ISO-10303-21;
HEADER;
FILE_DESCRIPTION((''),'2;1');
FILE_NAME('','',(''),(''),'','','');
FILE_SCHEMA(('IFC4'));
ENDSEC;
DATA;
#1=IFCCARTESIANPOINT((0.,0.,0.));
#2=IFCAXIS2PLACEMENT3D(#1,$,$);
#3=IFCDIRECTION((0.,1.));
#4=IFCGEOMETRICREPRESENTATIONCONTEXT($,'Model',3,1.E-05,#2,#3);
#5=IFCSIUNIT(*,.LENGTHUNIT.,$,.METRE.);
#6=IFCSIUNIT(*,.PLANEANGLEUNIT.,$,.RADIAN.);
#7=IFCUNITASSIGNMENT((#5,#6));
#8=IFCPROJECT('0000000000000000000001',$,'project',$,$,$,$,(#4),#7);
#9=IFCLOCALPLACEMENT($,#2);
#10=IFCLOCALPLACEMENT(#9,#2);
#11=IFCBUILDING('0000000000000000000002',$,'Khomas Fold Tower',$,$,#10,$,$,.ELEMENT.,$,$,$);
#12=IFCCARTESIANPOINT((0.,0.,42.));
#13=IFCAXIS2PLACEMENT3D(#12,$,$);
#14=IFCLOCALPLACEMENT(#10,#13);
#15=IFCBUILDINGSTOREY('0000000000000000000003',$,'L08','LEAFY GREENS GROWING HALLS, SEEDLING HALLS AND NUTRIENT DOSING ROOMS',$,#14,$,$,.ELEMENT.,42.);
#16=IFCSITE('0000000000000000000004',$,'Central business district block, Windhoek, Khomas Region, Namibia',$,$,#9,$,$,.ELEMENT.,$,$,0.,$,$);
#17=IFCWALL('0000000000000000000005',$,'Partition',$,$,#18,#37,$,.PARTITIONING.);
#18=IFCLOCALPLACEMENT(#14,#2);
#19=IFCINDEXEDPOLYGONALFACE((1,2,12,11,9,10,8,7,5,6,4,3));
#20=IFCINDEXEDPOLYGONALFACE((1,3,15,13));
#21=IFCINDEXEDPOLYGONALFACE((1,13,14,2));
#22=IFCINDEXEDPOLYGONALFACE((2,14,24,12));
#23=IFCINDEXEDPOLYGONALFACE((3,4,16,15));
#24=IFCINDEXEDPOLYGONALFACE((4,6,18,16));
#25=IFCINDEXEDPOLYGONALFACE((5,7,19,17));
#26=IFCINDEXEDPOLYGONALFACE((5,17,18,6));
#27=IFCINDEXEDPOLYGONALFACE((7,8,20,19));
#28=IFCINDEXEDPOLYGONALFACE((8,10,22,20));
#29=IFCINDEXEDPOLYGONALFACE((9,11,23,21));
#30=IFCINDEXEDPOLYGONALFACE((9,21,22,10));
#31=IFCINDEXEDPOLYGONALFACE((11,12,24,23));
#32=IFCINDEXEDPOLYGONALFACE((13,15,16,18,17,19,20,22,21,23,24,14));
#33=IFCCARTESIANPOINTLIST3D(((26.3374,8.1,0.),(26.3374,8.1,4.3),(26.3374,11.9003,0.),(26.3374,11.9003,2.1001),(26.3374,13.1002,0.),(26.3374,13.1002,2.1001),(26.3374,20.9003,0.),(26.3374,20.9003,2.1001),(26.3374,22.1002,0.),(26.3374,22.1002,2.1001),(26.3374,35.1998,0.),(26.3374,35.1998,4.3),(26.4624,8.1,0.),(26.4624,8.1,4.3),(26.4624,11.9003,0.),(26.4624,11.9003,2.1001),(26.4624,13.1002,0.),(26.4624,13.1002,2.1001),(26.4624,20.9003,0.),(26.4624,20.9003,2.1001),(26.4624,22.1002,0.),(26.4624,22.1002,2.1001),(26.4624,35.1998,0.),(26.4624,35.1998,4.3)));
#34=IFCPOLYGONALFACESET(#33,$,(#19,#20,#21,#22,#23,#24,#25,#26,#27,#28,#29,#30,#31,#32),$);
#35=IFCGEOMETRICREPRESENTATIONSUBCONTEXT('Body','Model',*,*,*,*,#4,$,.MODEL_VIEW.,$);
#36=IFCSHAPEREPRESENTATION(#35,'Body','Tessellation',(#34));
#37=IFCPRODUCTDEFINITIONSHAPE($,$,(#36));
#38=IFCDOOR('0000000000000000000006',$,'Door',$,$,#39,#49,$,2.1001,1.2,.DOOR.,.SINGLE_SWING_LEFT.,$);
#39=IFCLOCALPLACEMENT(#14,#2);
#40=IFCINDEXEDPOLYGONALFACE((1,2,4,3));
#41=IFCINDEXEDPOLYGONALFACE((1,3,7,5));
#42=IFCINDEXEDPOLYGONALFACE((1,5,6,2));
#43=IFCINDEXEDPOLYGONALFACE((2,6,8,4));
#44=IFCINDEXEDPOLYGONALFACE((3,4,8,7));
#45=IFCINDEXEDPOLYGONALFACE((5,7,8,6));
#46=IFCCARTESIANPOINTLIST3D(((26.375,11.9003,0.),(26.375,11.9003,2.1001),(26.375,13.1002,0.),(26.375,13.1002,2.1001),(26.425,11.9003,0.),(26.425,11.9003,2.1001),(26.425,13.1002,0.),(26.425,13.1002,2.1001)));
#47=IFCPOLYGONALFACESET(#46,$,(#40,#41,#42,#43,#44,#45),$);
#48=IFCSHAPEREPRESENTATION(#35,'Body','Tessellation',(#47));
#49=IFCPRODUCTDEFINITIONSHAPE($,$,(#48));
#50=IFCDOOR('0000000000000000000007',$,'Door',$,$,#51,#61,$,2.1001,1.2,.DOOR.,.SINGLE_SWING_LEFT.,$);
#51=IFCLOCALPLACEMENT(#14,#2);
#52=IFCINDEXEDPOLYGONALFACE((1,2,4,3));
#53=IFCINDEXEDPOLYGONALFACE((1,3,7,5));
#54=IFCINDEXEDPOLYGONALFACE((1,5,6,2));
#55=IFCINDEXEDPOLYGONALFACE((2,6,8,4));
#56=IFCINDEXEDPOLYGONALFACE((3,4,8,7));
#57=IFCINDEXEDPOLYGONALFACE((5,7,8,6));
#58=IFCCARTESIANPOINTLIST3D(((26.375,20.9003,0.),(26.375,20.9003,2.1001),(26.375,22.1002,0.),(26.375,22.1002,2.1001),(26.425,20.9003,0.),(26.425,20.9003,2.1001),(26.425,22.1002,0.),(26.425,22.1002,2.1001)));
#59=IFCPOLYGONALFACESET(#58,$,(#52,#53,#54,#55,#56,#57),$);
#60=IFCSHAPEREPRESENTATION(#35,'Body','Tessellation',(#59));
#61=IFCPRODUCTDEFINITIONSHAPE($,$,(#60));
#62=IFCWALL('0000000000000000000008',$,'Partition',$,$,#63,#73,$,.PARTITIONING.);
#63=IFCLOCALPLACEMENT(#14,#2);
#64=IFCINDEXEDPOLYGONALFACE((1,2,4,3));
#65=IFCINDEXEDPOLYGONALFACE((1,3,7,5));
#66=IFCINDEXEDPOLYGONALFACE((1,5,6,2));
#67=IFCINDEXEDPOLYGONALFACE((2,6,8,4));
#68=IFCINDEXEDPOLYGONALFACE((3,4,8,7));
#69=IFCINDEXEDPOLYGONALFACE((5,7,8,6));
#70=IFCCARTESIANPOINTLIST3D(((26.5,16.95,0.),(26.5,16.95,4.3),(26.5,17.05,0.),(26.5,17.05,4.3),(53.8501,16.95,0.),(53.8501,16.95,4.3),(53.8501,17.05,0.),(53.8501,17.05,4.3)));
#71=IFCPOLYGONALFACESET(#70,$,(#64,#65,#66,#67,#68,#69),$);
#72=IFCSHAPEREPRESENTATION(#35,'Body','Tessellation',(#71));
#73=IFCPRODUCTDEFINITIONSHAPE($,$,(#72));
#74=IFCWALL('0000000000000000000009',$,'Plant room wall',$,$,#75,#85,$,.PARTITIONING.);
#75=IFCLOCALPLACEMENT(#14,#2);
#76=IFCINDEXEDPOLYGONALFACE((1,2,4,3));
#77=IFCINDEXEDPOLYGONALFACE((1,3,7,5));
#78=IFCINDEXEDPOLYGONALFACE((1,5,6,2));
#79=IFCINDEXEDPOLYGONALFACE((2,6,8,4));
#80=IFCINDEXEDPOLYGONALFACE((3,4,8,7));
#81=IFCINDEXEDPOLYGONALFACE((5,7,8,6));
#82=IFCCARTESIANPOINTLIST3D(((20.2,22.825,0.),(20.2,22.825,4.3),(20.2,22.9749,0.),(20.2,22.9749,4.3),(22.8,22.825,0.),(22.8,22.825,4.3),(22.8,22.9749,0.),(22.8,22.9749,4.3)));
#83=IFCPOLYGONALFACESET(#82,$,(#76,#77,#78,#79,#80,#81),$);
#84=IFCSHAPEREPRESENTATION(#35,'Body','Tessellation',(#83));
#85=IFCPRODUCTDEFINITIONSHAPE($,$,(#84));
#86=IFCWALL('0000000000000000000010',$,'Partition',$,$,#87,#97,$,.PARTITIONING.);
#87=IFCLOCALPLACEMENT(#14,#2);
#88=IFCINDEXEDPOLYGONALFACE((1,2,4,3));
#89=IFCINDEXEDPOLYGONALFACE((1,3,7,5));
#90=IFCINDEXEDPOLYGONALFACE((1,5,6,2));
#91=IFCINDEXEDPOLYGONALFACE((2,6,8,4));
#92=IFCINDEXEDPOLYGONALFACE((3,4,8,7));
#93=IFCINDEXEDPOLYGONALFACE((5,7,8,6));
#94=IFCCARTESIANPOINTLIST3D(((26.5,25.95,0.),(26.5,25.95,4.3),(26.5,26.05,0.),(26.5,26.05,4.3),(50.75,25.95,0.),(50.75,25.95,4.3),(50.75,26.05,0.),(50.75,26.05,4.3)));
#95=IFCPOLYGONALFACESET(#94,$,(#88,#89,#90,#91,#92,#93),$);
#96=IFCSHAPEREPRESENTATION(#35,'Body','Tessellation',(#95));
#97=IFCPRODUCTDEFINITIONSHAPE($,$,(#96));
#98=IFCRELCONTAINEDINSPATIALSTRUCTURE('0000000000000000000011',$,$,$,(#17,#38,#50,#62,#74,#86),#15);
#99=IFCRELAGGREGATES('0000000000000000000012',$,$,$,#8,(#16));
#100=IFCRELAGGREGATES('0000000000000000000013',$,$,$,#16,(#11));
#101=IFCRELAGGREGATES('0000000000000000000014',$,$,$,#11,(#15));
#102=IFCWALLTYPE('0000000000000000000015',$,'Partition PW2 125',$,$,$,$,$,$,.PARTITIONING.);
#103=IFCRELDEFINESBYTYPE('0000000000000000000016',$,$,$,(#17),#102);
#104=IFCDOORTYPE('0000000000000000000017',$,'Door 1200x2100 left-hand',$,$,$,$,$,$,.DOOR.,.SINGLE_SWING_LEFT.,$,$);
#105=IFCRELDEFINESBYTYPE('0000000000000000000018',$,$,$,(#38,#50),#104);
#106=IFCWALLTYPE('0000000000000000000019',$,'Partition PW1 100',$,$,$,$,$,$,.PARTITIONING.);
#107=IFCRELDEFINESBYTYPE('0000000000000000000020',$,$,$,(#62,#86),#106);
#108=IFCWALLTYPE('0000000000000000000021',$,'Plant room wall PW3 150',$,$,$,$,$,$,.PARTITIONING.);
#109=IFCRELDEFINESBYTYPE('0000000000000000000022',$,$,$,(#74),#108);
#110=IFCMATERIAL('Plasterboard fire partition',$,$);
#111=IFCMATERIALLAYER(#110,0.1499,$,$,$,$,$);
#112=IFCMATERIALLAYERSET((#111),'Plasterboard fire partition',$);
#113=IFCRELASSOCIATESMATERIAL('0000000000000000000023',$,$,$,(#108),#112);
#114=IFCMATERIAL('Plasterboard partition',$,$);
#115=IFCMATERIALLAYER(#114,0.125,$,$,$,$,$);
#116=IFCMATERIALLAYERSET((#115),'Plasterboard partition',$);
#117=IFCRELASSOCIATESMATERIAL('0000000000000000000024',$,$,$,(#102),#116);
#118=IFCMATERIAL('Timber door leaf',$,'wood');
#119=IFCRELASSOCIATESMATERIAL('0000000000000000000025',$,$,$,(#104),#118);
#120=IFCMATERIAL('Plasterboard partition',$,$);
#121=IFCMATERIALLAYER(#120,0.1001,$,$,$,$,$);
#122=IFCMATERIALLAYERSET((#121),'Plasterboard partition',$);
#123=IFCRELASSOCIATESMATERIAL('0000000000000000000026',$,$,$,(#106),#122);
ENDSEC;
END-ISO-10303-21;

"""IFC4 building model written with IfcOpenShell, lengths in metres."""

from ifc_helpers import new_model, si_unit, direction, frame, frame_2d, origin, place, context, subcontext, project, spatial, rectangle, extrude, source, transform, mapped, material, layer, layer_set, type_object, element, fill, save


model = new_model("IFC4")

# Units and contexts
model_context = context("Model", 3, precision=1e-05, world=origin(), true_north=direction((0.0, 1.0)))
body_context = subcontext(model_context, "Body", "Model", "MODEL_VIEW")
ifc_project = project(units=[si_unit("LENGTHUNIT", "METRE"), si_unit("PLANEANGLEUNIT", "RADIAN")], contexts=[model_context])

# Site, building, storey
site_placement = place(None, origin())
site = spatial("IfcSite", under=ifc_project, at=site_placement, Name="Central business district block, Windhoek, Khomas Region, Namibia", CompositionType="ELEMENT", RefElevation=0.0)
building_placement = place(site_placement, origin())
building = spatial("IfcBuilding", under=site, at=building_placement, Name="Khomas Fold Tower", CompositionType="ELEMENT")
storey_placement = place(building_placement, frame((0.0, 0.0, 42.0)))
storey = spatial("IfcBuildingStorey", under=building, at=storey_placement, Name="L08", Description="LEAFY GREENS GROWING HALLS, SEEDLING HALLS AND NUTRIENT DOSING ROOMS", CompositionType="ELEMENT", Elevation=42.0)

# Shared definitions
ifc_material_1 = material(Name="Plasterboard fire partition")
ifc_layer_1 = layer(ifc_material_1, 0.1499)
ifc_layer_set_1 = layer_set([ifc_layer_1], Name="Plasterboard fire partition")
wall_type_1 = type_object("IfcWallType", Name="Plant room wall PW3 150", PredefinedType="PARTITIONING", material=ifc_layer_set_1)
shared_shape_1 = source(origin(), body_context, "Body", "SweptSolid", [
    extrude(rectangle(XDim=1.2, YDim=2.1001, at=frame_2d((0.6001, 1.05))), frame((0.0, 0.0249, 0.0), z_axis=(0.0, -1.0, 0.0), x_axis=(1.0, 0.0, 0.0)), (0.0, 0.0, 1.0), 0.05),
])

# Wall, openings, doors
ifc_material_2 = material(Name="Plasterboard partition")
ifc_layer_2 = layer(ifc_material_2, 0.125)
ifc_layer_set_2 = layer_set([ifc_layer_2], Name="Plasterboard partition")
wall_type_2 = type_object("IfcWallType", Name="Partition PW2 125", PredefinedType="PARTITIONING", material=ifc_layer_set_2)
shared_shape_2 = source(origin(), body_context, "Body", "SweptSolid", [
    extrude(rectangle(XDim=27.0999, YDim=0.125, at=frame_2d((13.5498, 0.0))), origin(), (0.0, 0.0, 1.0), 4.3),
])
wall_1_placement = place(storey_placement, frame((26.3999, 8.1001, 0.0), z_axis=(0.0, 0.0, 1.0), x_axis=(0.0, 1.0, 0.0)))
wall_1 = element("IfcWall", 1, at=wall_1_placement, inside=storey, type_object=wall_type_2, Name="Partition", PredefinedType="PARTITIONING", context=body_context, shape_type="MappedRepresentation", body=[
    mapped(shared_shape_2, transform((0.0, 0.0, 0.0))),
])
shared_shape_3 = source(origin(), body_context, "Body", "SweptSolid", [
    extrude(rectangle(XDim=1.2, YDim=2.1001, at=frame_2d((0.6001, 1.05))), frame((0.0, 0.0725, 0.0), z_axis=(0.0, -1.0, 0.0), x_axis=(1.0, 0.0, 0.0)), (0.0, 0.0, 1.0), 0.145),
])
opening_1_placement = place(wall_1_placement, frame((3.8, 0.0, 0.0)))
opening_1 = element("IfcOpeningElement", 2, at=opening_1_placement, cuts=wall_1, PredefinedType="OPENING", context=body_context, shape_type="MappedRepresentation", body=[
    mapped(shared_shape_3, transform((0.0, 0.0, 0.0))),
])
opening_2_placement = place(wall_1_placement, frame((12.8, 0.0, 0.0)))
opening_2 = element("IfcOpeningElement", 3, at=opening_2_placement, cuts=wall_1, PredefinedType="OPENING", context=body_context, shape_type="MappedRepresentation", body=[
    mapped(shared_shape_3, transform((0.0, 0.0, 0.0))),
])
ifc_material_3 = material(Name="Timber door leaf", Category="wood")
door_type_1 = type_object("IfcDoorType", Name="Door 1200x2100 left-hand", OperationType="SINGLE_SWING_LEFT", PredefinedType="DOOR", material=ifc_material_3)
door_1_placement = place(opening_1_placement, origin())
door_1 = element("IfcDoor", 4, at=door_1_placement, inside=storey, type_object=door_type_1, Name="Door", OperationType="SINGLE_SWING_LEFT", OverallHeight=2.1001, OverallWidth=1.2, PredefinedType="DOOR", context=body_context, shape_type="MappedRepresentation", body=[
    mapped(shared_shape_1, transform((0.0, 0.0, 0.0))),
])
fill(opening_1, door_1)
door_2_placement = place(opening_2_placement, origin())
door_2 = element("IfcDoor", 5, at=door_2_placement, inside=storey, type_object=door_type_1, Name="Door", OperationType="SINGLE_SWING_LEFT", OverallHeight=2.1001, OverallWidth=1.2, PredefinedType="DOOR", context=body_context, shape_type="MappedRepresentation", body=[
    mapped(shared_shape_1, transform((0.0, 0.0, 0.0))),
])
fill(opening_2, door_2)

# Walls
ifc_material_4 = material(Name="Plasterboard partition")
ifc_layer_3 = layer(ifc_material_4, 0.1001)
ifc_layer_set_3 = layer_set([ifc_layer_3], Name="Plasterboard partition")
wall_type_3 = type_object("IfcWallType", Name="Partition PW1 100", PredefinedType="PARTITIONING", material=ifc_layer_set_3)
shared_shape_4 = source(origin(), body_context, "Body", "SweptSolid", [
    extrude(rectangle(XDim=27.3501, YDim=0.1001, at=frame_2d((13.675, 0.0))), origin(), (0.0, 0.0, 1.0), 4.3),
])
wall_2_placement = place(storey_placement, frame((26.5, 17.0, 0.0), z_axis=(0.0, 0.0, 1.0), x_axis=(1.0, 0.0, 0.0)))
element("IfcWall", 6, at=wall_2_placement, inside=storey, type_object=wall_type_3, Name="Partition", PredefinedType="PARTITIONING", context=body_context, shape_type="MappedRepresentation", body=[
    mapped(shared_shape_4, transform((0.0, 0.0, 0.0))),
])
shared_shape_5 = source(origin(), body_context, "Body", "SweptSolid", [
    extrude(rectangle(XDim=2.6001, YDim=0.1499, at=frame_2d((1.3, 0.0))), origin(), (0.0, 0.0, 1.0), 4.3),
])
wall_3_placement = place(storey_placement, frame((20.2, 22.8999, 0.0), z_axis=(0.0, 0.0, 1.0), x_axis=(1.0, 0.0, 0.0)))
element("IfcWall", 7, at=wall_3_placement, inside=storey, type_object=wall_type_1, Name="Plant room wall", PredefinedType="PARTITIONING", context=body_context, shape_type="MappedRepresentation", body=[
    mapped(shared_shape_5, transform((0.0, 0.0, 0.0))),
])
shared_shape_6 = source(origin(), body_context, "Body", "SweptSolid", [
    extrude(rectangle(XDim=24.25, YDim=0.1001, at=frame_2d((12.125, 0.0))), origin(), (0.0, 0.0, 1.0), 4.3),
])
wall_4_placement = place(storey_placement, frame((26.5, 26.0, 0.0), z_axis=(0.0, 0.0, 1.0), x_axis=(1.0, 0.0, 0.0)))
element("IfcWall", 8, at=wall_4_placement, inside=storey, type_object=wall_type_3, Name="Partition", PredefinedType="PARTITIONING", context=body_context, shape_type="MappedRepresentation", body=[
    mapped(shared_shape_6, transform((0.0, 0.0, 0.0))),
])

save(model, "model.ifc")
